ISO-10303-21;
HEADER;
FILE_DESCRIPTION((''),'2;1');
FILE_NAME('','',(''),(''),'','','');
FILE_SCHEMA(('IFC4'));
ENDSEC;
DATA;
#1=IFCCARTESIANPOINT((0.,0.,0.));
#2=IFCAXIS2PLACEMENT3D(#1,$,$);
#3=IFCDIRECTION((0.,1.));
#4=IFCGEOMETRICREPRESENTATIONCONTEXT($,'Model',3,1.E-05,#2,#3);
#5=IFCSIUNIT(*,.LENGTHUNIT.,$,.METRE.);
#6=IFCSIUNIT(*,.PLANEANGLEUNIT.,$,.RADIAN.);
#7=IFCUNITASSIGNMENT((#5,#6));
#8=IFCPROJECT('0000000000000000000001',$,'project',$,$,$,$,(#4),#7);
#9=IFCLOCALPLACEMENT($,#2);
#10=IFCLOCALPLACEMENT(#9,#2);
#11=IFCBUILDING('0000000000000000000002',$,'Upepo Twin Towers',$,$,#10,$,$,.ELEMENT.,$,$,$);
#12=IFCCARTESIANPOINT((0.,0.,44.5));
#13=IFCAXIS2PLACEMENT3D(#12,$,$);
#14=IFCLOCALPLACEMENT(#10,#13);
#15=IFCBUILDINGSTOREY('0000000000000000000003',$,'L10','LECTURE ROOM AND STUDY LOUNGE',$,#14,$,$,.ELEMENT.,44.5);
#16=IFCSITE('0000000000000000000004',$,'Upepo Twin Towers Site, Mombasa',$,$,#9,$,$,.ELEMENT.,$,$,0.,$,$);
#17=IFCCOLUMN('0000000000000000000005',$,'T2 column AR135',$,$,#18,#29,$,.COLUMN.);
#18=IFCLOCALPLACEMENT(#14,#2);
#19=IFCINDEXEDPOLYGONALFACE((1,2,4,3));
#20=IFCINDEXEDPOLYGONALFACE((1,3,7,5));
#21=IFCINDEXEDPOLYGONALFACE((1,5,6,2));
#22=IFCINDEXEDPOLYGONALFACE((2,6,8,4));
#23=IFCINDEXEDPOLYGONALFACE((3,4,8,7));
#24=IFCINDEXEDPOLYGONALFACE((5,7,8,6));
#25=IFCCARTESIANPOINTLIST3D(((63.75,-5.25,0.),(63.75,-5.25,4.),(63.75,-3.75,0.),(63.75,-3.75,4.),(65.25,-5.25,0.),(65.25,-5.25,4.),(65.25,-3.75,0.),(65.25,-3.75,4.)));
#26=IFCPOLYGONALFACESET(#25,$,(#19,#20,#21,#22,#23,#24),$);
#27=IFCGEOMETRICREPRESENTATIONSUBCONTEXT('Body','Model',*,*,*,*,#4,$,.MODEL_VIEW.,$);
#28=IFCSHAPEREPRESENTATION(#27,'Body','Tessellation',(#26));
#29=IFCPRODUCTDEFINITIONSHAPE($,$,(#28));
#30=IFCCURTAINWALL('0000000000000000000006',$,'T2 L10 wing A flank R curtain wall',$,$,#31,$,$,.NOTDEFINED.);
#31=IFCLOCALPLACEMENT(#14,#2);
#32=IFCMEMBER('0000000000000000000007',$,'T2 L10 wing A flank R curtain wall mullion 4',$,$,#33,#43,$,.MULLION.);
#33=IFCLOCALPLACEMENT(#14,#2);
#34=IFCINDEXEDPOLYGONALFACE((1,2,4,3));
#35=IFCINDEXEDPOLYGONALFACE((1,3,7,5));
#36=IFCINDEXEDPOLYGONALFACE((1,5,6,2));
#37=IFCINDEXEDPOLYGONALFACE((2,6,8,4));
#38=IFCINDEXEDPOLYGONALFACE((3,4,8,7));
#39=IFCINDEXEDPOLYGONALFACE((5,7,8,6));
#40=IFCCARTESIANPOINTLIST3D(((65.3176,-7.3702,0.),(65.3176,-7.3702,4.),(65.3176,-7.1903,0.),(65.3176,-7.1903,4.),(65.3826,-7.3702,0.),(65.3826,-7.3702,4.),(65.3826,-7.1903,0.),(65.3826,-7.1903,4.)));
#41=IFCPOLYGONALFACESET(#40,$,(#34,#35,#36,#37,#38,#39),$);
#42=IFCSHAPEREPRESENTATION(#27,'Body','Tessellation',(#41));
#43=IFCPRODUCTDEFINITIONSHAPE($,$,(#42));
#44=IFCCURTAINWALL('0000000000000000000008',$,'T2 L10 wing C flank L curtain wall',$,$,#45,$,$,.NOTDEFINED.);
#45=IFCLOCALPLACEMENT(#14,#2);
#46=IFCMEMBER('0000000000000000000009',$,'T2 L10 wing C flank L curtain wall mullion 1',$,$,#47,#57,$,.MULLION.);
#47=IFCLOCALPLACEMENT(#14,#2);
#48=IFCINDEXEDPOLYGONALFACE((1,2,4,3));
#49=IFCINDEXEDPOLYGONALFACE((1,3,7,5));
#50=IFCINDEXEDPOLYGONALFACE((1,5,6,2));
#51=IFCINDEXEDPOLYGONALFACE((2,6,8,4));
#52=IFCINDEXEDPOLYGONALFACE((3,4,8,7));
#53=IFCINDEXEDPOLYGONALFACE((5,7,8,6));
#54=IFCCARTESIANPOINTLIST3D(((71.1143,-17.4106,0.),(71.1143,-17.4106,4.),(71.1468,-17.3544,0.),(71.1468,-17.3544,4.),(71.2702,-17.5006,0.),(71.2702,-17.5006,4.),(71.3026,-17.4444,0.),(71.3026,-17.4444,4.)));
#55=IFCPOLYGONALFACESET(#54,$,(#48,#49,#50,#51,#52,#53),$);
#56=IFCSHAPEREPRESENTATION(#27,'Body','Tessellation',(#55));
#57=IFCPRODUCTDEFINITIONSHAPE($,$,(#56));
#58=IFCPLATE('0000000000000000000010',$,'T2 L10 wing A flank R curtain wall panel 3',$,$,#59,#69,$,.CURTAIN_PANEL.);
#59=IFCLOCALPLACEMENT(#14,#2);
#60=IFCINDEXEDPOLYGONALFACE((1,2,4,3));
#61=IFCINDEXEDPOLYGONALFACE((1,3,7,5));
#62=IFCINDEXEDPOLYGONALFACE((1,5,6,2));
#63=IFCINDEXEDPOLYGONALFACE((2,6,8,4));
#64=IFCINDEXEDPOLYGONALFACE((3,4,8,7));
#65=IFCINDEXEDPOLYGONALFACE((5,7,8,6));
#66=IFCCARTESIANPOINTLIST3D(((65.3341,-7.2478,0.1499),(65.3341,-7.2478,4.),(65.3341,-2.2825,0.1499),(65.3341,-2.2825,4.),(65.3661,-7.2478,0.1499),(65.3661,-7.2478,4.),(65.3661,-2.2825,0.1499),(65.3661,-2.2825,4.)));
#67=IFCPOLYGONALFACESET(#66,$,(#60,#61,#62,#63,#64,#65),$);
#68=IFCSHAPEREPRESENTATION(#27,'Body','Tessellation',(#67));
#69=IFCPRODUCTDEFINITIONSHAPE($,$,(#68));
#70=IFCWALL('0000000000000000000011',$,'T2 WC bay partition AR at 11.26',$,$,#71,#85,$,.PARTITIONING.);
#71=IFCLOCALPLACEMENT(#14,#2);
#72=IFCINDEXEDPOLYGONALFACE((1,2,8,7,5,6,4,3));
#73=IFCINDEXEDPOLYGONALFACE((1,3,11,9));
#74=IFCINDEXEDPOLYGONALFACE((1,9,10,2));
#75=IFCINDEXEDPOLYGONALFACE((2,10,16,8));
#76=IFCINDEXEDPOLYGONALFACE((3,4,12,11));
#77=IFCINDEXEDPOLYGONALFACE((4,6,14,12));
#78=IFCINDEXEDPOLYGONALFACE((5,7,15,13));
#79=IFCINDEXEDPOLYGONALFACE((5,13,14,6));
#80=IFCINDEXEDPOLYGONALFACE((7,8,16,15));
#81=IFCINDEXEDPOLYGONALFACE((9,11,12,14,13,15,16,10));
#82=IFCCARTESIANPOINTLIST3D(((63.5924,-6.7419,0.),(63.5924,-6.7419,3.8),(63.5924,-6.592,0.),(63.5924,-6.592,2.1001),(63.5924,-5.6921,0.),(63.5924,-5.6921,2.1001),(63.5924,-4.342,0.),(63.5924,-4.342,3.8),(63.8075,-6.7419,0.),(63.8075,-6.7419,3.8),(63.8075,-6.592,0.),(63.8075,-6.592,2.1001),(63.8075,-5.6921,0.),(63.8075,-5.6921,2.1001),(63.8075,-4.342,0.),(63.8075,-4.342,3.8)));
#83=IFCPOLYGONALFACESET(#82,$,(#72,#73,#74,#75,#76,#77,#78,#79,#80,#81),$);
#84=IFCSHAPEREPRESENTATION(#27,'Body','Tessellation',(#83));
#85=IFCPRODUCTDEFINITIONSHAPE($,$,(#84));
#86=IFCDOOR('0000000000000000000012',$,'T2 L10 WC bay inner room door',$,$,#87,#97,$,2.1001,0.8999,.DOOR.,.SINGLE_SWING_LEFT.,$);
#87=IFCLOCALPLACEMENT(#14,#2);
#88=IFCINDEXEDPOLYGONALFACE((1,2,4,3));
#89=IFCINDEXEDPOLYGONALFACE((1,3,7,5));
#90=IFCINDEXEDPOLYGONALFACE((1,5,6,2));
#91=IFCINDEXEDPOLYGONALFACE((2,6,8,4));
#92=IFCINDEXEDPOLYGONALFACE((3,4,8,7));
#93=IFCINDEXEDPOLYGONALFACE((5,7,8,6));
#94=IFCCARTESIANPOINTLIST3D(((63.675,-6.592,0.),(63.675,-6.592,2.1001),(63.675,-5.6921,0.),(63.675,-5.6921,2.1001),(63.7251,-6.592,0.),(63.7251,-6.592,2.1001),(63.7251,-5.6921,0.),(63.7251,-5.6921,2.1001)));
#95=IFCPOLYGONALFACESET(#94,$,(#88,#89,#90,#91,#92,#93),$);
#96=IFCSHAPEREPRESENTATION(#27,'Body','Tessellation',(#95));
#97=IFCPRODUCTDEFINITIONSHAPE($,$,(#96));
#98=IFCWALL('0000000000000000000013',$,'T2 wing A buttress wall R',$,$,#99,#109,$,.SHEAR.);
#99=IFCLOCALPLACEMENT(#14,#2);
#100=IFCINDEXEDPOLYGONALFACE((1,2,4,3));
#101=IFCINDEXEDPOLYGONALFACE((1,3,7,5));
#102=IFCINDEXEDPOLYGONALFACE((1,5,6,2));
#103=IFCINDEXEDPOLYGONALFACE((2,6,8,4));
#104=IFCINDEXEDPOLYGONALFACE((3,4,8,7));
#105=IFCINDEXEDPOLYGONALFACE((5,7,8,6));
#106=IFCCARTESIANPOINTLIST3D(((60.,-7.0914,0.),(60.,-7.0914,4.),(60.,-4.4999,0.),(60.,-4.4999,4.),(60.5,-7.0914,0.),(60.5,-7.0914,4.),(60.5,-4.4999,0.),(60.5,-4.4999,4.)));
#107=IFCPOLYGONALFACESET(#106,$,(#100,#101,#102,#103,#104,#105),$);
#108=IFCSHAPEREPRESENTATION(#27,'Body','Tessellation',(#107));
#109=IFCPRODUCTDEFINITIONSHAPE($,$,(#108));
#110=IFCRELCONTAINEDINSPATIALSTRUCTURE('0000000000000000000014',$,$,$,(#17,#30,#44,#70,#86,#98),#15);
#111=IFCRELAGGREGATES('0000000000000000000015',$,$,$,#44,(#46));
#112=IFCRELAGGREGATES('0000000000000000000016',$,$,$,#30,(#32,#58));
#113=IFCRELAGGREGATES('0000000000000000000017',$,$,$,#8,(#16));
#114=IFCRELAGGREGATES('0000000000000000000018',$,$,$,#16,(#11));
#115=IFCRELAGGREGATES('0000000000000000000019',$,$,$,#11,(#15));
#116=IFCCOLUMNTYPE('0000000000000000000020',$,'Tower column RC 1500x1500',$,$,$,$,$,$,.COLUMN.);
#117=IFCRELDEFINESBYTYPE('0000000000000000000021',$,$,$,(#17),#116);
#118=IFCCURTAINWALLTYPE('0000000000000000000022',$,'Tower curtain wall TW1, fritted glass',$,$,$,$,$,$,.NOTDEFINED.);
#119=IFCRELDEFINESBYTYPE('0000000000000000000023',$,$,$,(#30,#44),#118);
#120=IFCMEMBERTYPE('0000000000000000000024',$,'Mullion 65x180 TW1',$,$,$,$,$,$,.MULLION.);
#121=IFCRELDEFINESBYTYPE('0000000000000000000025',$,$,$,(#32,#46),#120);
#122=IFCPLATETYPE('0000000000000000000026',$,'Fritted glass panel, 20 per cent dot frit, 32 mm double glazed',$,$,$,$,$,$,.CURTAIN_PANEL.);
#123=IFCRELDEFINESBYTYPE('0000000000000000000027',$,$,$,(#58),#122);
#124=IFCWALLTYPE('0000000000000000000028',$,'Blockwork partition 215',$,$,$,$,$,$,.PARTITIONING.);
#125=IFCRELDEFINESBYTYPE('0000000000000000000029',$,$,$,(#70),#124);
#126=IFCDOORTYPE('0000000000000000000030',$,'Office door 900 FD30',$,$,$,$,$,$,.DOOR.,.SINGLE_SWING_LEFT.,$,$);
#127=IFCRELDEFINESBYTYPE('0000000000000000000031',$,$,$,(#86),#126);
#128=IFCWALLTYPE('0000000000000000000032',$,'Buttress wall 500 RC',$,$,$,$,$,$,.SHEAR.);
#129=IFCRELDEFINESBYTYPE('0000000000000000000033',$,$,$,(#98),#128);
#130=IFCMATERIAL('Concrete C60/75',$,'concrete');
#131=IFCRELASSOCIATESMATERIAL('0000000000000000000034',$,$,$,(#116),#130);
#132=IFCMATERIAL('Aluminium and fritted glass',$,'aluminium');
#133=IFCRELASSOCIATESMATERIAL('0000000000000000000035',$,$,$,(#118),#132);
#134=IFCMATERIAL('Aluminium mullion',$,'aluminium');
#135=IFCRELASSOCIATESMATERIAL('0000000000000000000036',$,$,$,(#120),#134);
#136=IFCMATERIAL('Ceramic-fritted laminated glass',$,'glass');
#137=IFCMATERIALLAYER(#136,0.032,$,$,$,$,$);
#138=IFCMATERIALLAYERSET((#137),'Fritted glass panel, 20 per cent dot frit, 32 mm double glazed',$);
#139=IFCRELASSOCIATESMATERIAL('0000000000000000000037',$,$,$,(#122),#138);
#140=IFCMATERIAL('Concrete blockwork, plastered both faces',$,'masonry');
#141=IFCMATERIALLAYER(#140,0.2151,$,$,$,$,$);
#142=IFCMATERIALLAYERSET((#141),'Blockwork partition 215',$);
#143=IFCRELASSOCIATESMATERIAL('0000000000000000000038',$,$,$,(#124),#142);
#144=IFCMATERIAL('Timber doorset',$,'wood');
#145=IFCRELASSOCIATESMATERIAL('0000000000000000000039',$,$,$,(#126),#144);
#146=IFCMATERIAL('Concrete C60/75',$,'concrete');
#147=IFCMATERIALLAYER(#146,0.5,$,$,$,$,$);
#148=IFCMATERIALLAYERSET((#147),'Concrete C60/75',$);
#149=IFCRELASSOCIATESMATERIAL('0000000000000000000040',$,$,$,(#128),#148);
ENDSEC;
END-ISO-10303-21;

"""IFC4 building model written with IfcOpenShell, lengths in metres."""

from ifc_helpers import new_model, si_unit, direction, frame, frame_2d, origin, origin_2d, place, context, subcontext, project, spatial, rectangle, extrude, material, layer, layer_set, material_profile, profile_set, type_object, element, fill, aggregate, save


model = new_model("IFC4")

# Units and contexts
model_context = context("Model", 3, precision=1e-05, world=origin(), true_north=direction((0.0, 1.0)))
body_context = subcontext(model_context, "Body", "Model", "MODEL_VIEW")
ifc_project = project(units=[si_unit("LENGTHUNIT", "METRE"), si_unit("PLANEANGLEUNIT", "RADIAN")], contexts=[model_context])

# Site, building, storey
site_placement = place(None, origin())
site = spatial("IfcSite", under=ifc_project, at=site_placement, Name="Upepo Twin Towers Site, Mombasa", CompositionType="ELEMENT", RefElevation=0.0)
building_placement = place(site_placement, origin())
building = spatial("IfcBuilding", under=site, at=building_placement, Name="Upepo Twin Towers", CompositionType="ELEMENT")
storey_placement = place(building_placement, frame((0.0, 0.0, 44.5)))
storey = spatial("IfcBuildingStorey", under=building, at=storey_placement, Name="L10", Description="LECTURE ROOM AND STUDY LOUNGE", CompositionType="ELEMENT", Elevation=44.5)

# Column
ifc_material_1 = material(Name="Concrete C60/75", Category="concrete")
ifc_material_profile_1 = material_profile(ifc_material_1, rectangle(XDim=1.5, YDim=1.5, at=origin_2d()), Name="RC 1500x1500")
ifc_profile_set_1 = profile_set([ifc_material_profile_1], Name="Concrete C60/75")
column_type = type_object("IfcColumnType", Name="Tower column RC 1500x1500", PredefinedType="COLUMN", material=ifc_profile_set_1)
column_placement = place(storey_placement, frame((64.5, -4.5, 0.0), z_axis=(0.0, 0.0, 1.0), x_axis=(1.0, 0.0, 0.0)))
element("IfcColumn", 1, at=column_placement, inside=storey, type_object=column_type, Name="T2 column AR135", PredefinedType="COLUMN", context=body_context, shape_type="SweptSolid", body=[
    extrude(rectangle(XDim=1.5, YDim=1.5, at=origin_2d()), origin(), (0.0, 0.0, 1.0), 4.0),
])

# Curtain walls, members
ifc_material_2 = material(Name="Aluminium and fritted glass", Category="aluminium")
curtain_wall_type = type_object("IfcCurtainWallType", Name="Tower curtain wall TW1, fritted glass", PredefinedType="NOTDEFINED", material=ifc_material_2)
curtain_wall_1_placement = place(storey_placement, origin())
curtain_wall_1 = element("IfcCurtainWall", 2, at=curtain_wall_1_placement, inside=storey, type_object=curtain_wall_type, Name="T2 L10 wing A flank R curtain wall", PredefinedType="NOTDEFINED")
ifc_material_3 = material(Name="Aluminium mullion", Category="aluminium")
ifc_material_profile_2 = material_profile(ifc_material_3, rectangle(XDim=0.0649, YDim=0.1799, at=origin_2d()), Name="MULLION 65x180")
ifc_profile_set_2 = profile_set([ifc_material_profile_2], Name="Aluminium mullion")
member_type = type_object("IfcMemberType", Name="Mullion 65x180 TW1", PredefinedType="MULLION", material=ifc_profile_set_2)
member_1_placement = place(storey_placement, frame((65.3501, -7.2803, 0.0), z_axis=(0.0, 0.0, 1.0), x_axis=(1.0, 0.0, 0.0)))
member_1 = element("IfcMember", 3, at=member_1_placement, type_object=member_type, Name="T2 L10 wing A flank R curtain wall mullion 4", PredefinedType="MULLION", context=body_context, shape_type="SweptSolid", body=[
    extrude(rectangle(XDim=0.0649, YDim=0.1799, at=origin_2d()), origin(), (0.0, 0.0, 1.0), 4.0),
])
curtain_wall_2_placement = place(storey_placement, origin())
curtain_wall_2 = element("IfcCurtainWall", 4, at=curtain_wall_2_placement, inside=storey, type_object=curtain_wall_type, Name="T2 L10 wing C flank L curtain wall", PredefinedType="NOTDEFINED")
member_2_placement = place(storey_placement, frame((71.2085, -17.4275, 0.0), z_axis=(0.0, 0.0, 1.0), x_axis=(0.5, 0.866025, 0.0)))
member_2 = element("IfcMember", 5, at=member_2_placement, type_object=member_type, Name="T2 L10 wing C flank L curtain wall mullion 1", PredefinedType="MULLION", context=body_context, shape_type="SweptSolid", body=[
    extrude(rectangle(XDim=0.0649, YDim=0.1799, at=origin_2d()), origin(), (0.0, 0.0, 1.0), 4.0),
])
aggregate(curtain_wall_2, [member_2])

# Plate
ifc_material_4 = material(Name="Ceramic-fritted laminated glass", Category="glass")
ifc_layer_1 = layer(ifc_material_4, 0.032)
ifc_layer_set_1 = layer_set([ifc_layer_1], Name="Fritted glass panel, 20 per cent dot frit, 32 mm double glazed")
plate_type = type_object("IfcPlateType", Name="Fritted glass panel, 20 per cent dot frit, 32 mm double glazed", PredefinedType="CURTAIN_PANEL", material=ifc_layer_set_1)
plate_placement = place(storey_placement, frame((65.3501, -4.7651, 0.1499), z_axis=(0.0, 0.0, 1.0), x_axis=(0.0, -1.0, 0.0)))
plate = element("IfcPlate", 6, at=plate_placement, type_object=plate_type, Name="T2 L10 wing A flank R curtain wall panel 3", PredefinedType="CURTAIN_PANEL", context=body_context, shape_type="SweptSolid", body=[
    extrude(rectangle(XDim=4.9653, YDim=0.032, at=origin_2d()), origin(), (0.0, 0.0, 1.0), 3.8501),
])
aggregate(curtain_wall_1, [member_1, plate])

# Wall, opening, door
ifc_material_5 = material(Name="Concrete blockwork, plastered both faces", Category="masonry")
ifc_layer_2 = layer(ifc_material_5, 0.2151)
ifc_layer_set_2 = layer_set([ifc_layer_2], Name="Blockwork partition 215")
wall_type_1 = type_object("IfcWallType", Name="Blockwork partition 215", PredefinedType="PARTITIONING", material=ifc_layer_set_2)
wall_1_placement = place(storey_placement, frame((63.7, -6.7419, 0.0), z_axis=(0.0, 0.0, 1.0), x_axis=(0.0, 1.0, 0.0)))
wall_1 = element("IfcWall", 7, at=wall_1_placement, inside=storey, type_object=wall_type_1, Name="T2 WC bay partition AR at 11.26", PredefinedType="PARTITIONING", context=body_context, shape_type="SweptSolid", body=[
    extrude(rectangle(XDim=2.3999, YDim=0.2151, at=frame_2d((1.2, 0.0))), origin(), (0.0, 0.0, 1.0), 3.8),
])
opening_1_placement = place(wall_1_placement, frame((0.1499, 0.0, 0.0)))
opening_1 = element("IfcOpeningElement", 8, at=opening_1_placement, cuts=wall_1, PredefinedType="OPENING", context=body_context, shape_type="SweptSolid", body=[
    extrude(rectangle(XDim=0.8999, YDim=2.1001, at=frame_2d((0.45, 1.05))), frame((0.0, 0.1174, 0.0), z_axis=(0.0, -1.0, 0.0), x_axis=(1.0, 0.0, 0.0)), (0.0, 0.0, 1.0), 0.2351),
])
ifc_material_6 = material(Name="Timber doorset", Category="wood")
door_type_1 = type_object("IfcDoorType", Name="Office door 900 FD30", OperationType="SINGLE_SWING_LEFT", PredefinedType="DOOR", material=ifc_material_6)
door_1_placement = place(opening_1_placement, origin())
door_1 = element("IfcDoor", 9, at=door_1_placement, inside=storey, type_object=door_type_1, Name="T2 L10 WC bay inner room door", OperationType="SINGLE_SWING_LEFT", OverallHeight=2.1001, OverallWidth=0.8999, PredefinedType="DOOR", context=body_context, shape_type="SweptSolid", body=[
    extrude(rectangle(XDim=0.8999, YDim=2.1001, at=frame_2d((0.45, 1.05))), frame((0.0, 0.0249, 0.0), z_axis=(0.0, -1.0, 0.0), x_axis=(1.0, 0.0, 0.0)), (0.0, 0.0, 1.0), 0.05),
])
fill(opening_1, door_1)

# Wall
ifc_material_7 = material(Name="Concrete C60/75", Category="concrete")
ifc_layer_3 = layer(ifc_material_7, 0.5)
ifc_layer_set_3 = layer_set([ifc_layer_3], Name="Concrete C60/75")
wall_type_2 = type_object("IfcWallType", Name="Buttress wall 500 RC", PredefinedType="SHEAR", material=ifc_layer_set_3)
wall_2_placement = place(storey_placement, frame((60.25, -7.0916, 0.0), z_axis=(0.0, 0.0, 1.0), x_axis=(0.0, 1.0, 0.0)))
element("IfcWall", 10, at=wall_2_placement, inside=storey, type_object=wall_type_2, Name="T2 wing A buttress wall R", PredefinedType="SHEAR", context=body_context, shape_type="SweptSolid", body=[
    extrude(rectangle(XDim=2.5916, YDim=0.5, at=frame_2d((1.2959, 0.0))), origin(), (0.0, 0.0, 1.0), 4.0),
])

save(model, "model.ifc")
